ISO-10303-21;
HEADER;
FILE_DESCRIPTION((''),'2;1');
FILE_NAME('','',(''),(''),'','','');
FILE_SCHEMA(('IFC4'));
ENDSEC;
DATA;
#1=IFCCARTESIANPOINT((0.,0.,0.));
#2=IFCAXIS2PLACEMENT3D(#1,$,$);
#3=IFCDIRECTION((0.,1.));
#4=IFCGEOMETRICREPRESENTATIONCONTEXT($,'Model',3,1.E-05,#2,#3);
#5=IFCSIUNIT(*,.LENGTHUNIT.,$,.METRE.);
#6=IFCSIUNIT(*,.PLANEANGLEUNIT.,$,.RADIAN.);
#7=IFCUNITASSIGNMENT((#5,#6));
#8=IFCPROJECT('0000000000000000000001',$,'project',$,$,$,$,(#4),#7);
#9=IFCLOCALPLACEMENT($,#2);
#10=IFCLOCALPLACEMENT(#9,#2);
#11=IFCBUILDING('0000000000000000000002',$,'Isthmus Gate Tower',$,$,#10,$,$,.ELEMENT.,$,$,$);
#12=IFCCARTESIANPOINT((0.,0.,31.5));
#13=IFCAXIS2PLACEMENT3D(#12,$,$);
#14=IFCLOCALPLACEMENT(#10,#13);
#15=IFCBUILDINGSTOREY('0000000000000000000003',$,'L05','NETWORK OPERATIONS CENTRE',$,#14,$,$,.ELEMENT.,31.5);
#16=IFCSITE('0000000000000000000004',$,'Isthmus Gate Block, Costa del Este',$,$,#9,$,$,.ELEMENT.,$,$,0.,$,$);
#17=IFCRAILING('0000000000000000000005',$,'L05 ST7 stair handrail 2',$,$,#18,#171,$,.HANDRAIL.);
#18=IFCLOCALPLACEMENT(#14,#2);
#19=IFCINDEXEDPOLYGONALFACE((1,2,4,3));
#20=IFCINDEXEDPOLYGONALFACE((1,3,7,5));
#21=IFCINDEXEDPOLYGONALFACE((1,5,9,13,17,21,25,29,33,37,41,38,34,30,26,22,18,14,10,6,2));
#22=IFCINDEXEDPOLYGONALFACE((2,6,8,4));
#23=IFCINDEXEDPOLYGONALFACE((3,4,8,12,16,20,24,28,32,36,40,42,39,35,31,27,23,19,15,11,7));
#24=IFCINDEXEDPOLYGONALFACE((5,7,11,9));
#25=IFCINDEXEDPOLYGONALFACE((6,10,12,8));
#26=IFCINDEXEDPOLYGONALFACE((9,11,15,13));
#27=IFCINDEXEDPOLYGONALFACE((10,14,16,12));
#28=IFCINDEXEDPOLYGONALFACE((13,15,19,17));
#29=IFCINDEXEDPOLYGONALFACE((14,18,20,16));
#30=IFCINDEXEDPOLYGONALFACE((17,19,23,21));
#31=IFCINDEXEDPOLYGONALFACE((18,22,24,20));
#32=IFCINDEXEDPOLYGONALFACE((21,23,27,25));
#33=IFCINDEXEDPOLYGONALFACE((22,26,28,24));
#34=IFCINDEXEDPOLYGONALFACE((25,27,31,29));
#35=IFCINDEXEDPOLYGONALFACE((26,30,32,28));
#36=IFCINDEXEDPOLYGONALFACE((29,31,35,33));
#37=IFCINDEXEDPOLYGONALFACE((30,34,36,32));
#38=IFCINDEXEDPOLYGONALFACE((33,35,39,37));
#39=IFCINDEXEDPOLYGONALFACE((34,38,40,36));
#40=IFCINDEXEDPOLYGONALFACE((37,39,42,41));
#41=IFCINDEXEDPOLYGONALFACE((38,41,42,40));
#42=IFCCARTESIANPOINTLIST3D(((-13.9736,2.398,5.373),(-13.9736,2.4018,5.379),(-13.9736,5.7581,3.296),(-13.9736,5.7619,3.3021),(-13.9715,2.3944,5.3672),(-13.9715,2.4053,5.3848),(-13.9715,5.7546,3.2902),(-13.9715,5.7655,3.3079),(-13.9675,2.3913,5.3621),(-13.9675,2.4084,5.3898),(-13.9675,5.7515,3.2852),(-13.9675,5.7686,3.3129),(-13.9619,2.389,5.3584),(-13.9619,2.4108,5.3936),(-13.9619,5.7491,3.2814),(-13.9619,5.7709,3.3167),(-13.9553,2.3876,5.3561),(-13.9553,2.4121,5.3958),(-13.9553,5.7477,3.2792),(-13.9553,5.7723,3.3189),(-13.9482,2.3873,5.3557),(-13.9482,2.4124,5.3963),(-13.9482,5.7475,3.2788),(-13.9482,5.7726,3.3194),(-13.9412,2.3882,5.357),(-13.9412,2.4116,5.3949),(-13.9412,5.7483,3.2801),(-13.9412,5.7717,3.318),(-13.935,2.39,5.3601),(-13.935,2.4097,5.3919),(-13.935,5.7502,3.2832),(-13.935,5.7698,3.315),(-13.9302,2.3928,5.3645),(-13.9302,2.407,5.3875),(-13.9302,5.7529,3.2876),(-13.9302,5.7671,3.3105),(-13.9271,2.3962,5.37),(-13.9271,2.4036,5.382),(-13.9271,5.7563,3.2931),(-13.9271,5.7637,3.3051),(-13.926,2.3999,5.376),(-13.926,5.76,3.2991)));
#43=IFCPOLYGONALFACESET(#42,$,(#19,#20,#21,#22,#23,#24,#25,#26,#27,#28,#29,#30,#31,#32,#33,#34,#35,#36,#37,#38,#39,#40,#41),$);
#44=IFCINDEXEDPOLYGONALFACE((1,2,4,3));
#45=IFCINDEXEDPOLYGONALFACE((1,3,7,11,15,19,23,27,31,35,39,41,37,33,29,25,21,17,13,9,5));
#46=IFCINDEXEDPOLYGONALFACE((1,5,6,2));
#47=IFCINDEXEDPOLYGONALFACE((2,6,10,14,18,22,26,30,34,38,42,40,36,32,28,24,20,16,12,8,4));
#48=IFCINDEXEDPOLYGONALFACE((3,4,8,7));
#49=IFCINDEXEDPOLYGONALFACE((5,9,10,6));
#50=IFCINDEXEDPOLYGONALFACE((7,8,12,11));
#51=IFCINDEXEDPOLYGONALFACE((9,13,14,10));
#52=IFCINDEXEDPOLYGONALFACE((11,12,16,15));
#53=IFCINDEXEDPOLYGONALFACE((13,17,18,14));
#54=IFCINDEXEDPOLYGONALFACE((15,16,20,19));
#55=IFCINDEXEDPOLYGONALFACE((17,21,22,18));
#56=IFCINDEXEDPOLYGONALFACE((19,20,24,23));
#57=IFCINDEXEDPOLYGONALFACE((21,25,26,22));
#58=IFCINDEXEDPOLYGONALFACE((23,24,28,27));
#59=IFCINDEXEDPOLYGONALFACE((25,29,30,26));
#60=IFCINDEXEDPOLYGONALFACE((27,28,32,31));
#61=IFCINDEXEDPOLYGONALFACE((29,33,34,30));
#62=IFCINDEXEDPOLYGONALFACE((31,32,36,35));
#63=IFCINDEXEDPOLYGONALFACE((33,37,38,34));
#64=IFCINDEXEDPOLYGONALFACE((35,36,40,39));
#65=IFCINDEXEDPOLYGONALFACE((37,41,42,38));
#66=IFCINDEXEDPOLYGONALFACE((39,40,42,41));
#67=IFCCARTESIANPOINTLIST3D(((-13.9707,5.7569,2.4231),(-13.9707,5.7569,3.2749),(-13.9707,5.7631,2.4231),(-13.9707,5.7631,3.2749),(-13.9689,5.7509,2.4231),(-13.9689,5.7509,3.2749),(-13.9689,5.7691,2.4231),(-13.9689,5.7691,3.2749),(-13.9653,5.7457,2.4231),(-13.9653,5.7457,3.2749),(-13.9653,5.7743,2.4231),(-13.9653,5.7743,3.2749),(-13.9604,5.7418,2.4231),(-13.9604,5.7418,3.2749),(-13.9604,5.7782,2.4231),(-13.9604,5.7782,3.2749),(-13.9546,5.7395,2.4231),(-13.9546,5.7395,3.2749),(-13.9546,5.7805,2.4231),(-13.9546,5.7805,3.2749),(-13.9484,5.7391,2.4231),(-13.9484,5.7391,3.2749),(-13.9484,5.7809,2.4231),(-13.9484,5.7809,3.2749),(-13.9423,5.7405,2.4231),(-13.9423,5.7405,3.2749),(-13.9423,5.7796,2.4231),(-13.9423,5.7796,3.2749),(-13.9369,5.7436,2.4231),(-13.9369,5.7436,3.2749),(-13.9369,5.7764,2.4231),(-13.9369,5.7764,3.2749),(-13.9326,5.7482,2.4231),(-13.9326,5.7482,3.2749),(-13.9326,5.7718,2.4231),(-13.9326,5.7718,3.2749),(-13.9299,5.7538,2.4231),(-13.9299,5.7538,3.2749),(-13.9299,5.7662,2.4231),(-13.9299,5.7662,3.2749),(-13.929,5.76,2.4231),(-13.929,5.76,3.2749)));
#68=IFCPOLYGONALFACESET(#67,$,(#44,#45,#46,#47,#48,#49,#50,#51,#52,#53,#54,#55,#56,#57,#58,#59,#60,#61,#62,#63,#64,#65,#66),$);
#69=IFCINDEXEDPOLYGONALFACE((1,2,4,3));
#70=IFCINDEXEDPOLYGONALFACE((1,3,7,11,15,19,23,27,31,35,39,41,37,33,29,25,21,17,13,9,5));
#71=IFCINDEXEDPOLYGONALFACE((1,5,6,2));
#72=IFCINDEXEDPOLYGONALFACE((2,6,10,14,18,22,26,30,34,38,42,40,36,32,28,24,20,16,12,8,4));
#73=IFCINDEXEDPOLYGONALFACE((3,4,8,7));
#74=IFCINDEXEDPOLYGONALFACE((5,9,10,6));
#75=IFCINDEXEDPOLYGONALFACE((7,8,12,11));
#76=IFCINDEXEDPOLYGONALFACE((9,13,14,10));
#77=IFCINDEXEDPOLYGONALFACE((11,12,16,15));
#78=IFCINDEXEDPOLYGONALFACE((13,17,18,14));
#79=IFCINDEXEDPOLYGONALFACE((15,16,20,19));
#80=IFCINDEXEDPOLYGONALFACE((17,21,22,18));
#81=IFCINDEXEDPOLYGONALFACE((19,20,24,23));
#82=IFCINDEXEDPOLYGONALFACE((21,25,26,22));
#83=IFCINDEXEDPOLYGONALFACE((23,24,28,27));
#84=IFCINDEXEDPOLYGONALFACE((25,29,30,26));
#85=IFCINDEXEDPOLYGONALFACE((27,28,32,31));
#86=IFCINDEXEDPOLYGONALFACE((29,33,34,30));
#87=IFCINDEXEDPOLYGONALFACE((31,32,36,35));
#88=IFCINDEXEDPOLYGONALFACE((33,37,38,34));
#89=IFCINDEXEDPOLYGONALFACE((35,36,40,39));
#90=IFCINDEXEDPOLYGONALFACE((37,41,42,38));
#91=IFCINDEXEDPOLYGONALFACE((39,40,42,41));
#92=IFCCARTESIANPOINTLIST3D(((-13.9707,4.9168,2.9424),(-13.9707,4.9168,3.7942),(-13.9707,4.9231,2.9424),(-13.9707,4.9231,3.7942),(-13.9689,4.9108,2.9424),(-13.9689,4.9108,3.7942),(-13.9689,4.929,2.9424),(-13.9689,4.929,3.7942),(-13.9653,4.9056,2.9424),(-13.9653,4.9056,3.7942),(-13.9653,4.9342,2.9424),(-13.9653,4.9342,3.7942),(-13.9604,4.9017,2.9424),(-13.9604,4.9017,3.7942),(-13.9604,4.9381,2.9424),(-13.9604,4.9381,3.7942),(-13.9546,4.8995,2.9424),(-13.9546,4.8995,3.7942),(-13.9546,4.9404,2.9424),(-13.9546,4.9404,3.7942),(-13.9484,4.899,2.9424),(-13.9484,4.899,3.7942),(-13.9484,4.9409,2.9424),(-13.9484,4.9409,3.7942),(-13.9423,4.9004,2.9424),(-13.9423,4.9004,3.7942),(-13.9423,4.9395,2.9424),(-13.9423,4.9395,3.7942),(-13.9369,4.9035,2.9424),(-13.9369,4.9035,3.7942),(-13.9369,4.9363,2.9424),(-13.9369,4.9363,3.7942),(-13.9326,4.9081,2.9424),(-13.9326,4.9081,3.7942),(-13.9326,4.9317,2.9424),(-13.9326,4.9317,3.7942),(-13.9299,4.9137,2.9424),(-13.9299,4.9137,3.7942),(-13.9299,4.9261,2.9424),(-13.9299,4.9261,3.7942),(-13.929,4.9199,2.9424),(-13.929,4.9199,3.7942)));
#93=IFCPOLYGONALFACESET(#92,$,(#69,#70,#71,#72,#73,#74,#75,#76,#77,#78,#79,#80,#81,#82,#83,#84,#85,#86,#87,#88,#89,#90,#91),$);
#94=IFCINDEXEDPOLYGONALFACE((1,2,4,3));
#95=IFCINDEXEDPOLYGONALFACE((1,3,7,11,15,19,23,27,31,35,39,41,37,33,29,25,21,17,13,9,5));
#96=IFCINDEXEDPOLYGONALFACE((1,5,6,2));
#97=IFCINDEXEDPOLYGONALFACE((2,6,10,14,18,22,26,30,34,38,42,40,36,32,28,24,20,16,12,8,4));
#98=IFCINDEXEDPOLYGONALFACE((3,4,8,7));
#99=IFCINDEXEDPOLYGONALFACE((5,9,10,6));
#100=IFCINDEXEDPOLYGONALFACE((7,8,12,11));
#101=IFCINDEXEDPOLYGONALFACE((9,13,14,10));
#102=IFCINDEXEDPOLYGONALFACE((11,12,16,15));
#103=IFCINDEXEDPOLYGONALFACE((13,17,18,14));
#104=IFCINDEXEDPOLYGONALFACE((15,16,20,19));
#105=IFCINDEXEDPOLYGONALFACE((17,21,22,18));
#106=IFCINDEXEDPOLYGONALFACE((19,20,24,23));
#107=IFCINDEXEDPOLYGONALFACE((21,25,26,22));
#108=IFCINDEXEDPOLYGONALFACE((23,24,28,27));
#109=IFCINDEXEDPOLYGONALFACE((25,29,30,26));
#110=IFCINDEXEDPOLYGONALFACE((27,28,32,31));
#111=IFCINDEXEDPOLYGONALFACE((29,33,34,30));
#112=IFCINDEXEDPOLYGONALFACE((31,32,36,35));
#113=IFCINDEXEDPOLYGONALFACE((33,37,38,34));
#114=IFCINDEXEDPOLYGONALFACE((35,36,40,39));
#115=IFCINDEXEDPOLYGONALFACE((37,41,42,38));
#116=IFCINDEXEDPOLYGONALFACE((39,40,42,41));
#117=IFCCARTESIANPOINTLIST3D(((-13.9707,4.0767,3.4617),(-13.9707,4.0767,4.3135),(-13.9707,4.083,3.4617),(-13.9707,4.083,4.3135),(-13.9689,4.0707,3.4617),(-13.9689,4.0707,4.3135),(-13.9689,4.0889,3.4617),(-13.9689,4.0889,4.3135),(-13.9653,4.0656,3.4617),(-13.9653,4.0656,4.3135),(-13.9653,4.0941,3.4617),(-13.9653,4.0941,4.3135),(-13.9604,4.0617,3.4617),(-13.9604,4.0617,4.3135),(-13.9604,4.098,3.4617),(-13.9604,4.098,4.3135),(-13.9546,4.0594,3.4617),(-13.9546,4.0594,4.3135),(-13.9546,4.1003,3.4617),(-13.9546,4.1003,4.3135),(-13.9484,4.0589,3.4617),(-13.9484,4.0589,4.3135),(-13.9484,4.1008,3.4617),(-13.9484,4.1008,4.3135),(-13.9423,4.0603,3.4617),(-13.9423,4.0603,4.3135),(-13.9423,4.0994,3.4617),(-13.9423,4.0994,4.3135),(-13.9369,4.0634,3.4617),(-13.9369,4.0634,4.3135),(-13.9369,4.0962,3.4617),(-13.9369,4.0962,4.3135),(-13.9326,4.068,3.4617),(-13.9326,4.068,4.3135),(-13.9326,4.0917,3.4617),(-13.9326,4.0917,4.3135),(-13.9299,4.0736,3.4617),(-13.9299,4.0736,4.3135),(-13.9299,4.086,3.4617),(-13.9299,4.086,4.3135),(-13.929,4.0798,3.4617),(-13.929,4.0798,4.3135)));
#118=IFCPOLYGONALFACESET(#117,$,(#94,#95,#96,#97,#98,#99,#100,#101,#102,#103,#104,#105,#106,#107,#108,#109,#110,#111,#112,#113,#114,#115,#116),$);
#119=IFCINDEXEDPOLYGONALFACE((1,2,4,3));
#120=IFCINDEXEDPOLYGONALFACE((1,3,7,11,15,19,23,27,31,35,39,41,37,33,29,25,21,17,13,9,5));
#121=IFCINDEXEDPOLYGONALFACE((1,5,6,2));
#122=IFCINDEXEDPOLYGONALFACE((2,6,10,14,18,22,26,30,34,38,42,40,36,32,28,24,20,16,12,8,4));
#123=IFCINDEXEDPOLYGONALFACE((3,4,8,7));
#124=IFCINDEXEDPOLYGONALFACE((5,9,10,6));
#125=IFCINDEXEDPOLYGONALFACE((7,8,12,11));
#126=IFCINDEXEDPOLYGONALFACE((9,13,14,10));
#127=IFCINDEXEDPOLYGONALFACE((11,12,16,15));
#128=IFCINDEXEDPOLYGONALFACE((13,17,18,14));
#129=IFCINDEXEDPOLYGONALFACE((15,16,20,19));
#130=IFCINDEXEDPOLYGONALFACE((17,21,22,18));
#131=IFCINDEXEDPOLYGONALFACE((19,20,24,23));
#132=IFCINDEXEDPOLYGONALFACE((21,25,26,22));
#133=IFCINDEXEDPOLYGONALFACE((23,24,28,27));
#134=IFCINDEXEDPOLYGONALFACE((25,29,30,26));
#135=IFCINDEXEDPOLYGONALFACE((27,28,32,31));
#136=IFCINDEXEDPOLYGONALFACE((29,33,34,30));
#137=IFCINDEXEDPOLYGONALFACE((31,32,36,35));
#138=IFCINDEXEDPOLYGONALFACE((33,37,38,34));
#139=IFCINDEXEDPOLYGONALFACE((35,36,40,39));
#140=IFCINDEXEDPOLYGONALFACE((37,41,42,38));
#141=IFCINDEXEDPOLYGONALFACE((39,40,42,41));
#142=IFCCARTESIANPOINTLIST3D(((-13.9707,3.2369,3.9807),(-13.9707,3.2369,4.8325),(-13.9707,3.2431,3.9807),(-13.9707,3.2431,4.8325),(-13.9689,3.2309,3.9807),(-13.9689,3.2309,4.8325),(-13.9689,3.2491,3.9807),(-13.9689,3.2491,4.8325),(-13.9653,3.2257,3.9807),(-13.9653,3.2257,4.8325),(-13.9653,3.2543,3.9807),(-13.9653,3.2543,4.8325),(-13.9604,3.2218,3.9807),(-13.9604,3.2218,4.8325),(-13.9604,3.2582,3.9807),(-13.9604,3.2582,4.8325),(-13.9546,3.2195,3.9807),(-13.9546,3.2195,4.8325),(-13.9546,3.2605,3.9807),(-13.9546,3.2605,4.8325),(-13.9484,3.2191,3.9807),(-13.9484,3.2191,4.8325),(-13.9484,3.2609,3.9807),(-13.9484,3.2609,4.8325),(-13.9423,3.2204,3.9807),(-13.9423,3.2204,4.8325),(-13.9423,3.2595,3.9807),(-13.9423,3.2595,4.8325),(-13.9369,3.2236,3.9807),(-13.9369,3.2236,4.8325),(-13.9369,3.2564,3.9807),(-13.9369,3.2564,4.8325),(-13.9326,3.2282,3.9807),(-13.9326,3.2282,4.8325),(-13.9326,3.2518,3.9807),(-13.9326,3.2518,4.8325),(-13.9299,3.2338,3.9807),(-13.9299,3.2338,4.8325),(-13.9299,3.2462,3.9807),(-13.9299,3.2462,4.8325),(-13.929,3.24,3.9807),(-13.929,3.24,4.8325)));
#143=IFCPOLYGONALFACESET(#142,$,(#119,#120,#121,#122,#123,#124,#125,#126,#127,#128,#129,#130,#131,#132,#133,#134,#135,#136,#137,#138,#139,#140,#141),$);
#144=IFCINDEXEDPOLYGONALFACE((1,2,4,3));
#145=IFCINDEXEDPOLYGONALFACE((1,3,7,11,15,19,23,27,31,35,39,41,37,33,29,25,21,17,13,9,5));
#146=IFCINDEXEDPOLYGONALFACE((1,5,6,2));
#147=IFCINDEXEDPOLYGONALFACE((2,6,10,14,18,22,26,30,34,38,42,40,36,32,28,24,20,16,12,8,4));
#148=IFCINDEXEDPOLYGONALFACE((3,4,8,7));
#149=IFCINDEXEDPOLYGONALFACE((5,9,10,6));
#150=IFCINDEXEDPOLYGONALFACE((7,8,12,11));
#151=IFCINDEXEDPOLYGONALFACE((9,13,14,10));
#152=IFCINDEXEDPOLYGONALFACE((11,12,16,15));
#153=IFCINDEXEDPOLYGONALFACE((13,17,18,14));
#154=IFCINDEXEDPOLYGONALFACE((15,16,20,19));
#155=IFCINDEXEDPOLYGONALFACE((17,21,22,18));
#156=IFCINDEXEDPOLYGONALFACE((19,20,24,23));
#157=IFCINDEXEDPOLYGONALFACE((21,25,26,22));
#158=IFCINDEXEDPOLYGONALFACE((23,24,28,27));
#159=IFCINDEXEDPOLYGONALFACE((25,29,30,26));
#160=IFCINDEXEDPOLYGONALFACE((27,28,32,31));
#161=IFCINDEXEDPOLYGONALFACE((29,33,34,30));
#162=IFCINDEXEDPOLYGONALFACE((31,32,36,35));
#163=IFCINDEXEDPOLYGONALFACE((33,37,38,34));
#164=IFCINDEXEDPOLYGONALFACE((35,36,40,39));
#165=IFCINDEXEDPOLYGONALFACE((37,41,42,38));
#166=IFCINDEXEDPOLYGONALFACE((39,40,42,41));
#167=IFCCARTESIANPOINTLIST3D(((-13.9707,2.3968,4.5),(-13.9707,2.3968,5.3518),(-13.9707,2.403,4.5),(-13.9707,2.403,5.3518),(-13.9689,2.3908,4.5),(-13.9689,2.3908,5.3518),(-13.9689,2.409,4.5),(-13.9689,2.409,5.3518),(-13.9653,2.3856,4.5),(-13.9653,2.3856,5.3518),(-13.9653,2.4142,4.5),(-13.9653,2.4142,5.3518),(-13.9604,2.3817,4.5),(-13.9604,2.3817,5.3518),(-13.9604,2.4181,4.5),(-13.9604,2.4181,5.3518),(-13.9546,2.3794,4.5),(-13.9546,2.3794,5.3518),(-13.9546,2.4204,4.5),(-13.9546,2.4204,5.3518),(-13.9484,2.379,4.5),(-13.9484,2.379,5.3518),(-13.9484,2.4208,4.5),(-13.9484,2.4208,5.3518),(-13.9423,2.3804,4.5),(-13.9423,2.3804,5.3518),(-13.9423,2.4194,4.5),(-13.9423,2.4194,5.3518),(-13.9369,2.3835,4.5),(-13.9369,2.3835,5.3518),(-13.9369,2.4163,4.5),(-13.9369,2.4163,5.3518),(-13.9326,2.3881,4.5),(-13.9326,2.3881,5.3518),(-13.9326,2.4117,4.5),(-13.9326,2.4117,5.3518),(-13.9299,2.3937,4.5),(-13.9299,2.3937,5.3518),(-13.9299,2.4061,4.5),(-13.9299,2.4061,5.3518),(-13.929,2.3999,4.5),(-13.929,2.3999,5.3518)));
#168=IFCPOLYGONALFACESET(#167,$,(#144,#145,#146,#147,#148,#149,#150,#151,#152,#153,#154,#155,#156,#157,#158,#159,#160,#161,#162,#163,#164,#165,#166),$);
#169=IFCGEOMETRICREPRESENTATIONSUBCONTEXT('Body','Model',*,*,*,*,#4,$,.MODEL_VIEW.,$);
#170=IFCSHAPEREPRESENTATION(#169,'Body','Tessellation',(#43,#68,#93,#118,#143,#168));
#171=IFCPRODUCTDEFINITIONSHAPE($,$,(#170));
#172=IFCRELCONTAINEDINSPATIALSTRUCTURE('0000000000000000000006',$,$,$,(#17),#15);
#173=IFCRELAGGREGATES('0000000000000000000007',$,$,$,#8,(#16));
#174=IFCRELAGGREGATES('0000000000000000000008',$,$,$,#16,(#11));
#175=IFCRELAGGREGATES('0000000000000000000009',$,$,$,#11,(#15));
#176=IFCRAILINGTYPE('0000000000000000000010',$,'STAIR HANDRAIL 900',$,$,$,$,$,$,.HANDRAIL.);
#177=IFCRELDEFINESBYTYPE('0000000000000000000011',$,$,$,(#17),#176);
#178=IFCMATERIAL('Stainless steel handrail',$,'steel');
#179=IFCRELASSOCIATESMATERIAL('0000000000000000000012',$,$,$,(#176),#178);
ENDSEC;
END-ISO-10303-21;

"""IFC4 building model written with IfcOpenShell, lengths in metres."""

from ifc_helpers import new_model, si_unit, direction, frame, origin, origin_2d, place, context, subcontext, project, spatial, circle, extrude, material, type_object, element, save


model = new_model("IFC4")

# Units and contexts
model_context = context("Model", 3, precision=1e-05, world=origin(), true_north=direction((0.0, 1.0)))
body_context = subcontext(model_context, "Body", "Model", "MODEL_VIEW")
ifc_project = project(units=[si_unit("LENGTHUNIT", "METRE"), si_unit("PLANEANGLEUNIT", "RADIAN")], contexts=[model_context])

# Site, building, storey
site_placement = place(None, origin())
site = spatial("IfcSite", under=ifc_project, at=site_placement, Name="Isthmus Gate Block, Costa del Este", CompositionType="ELEMENT", RefElevation=0.0)
building_placement = place(site_placement, origin())
building = spatial("IfcBuilding", under=site, at=building_placement, Name="Isthmus Gate Tower", CompositionType="ELEMENT")
storey_placement = place(building_placement, frame((0.0, 0.0, 31.5)))
storey = spatial("IfcBuildingStorey", under=building, at=storey_placement, Name="L05", Description="NETWORK OPERATIONS CENTRE", CompositionType="ELEMENT", Elevation=31.5)

# Railing
ifc_material_1 = material(Name="Stainless steel handrail", Category="steel")
railing_type = type_object("IfcRailingType", Name="STAIR HANDRAIL 900", PredefinedType="HANDRAIL", material=ifc_material_1)
for number, where, name in (
    (1, (-13.95, 5.76, 2.4231), "L05 ST7 stair handrail 2"),
):
    element("IfcRailing", number, at=place(storey_placement, frame(where)), inside=storey, type_object=railing_type, Name=name, PredefinedType="HANDRAIL", context=body_context, shape_type="SweptSolid", body=[
        extrude(circle(Radius=0.0239, at=origin_2d()), frame((0.0, 0.0, 0.876), z_axis=(0.0, -0.850623, 0.525776), x_axis=(1.0, 0.0, 0.0)), (0.0, 0.0, 1.0), 3.9502),
        extrude(circle(Radius=0.021, at=origin_2d()), origin(), (0.0, 0.0, 1.0), 0.8518),
        extrude(circle(Radius=0.021, at=origin_2d()), frame((0.0, -0.8401, 0.5193)), (0.0, 0.0, 1.0), 0.8518),
        extrude(circle(Radius=0.021, at=origin_2d()), frame((0.0, -1.6802, 1.0386)), (0.0, 0.0, 1.0), 0.8518),
        extrude(circle(Radius=0.021, at=origin_2d()), frame((0.0, -2.52, 1.5576)), (0.0, 0.0, 1.0), 0.8518),
        extrude(circle(Radius=0.021, at=origin_2d()), frame((0.0, -3.3601, 2.0769)), (0.0, 0.0, 1.0), 0.8518),
    ])

save(model, "model.ifc")
